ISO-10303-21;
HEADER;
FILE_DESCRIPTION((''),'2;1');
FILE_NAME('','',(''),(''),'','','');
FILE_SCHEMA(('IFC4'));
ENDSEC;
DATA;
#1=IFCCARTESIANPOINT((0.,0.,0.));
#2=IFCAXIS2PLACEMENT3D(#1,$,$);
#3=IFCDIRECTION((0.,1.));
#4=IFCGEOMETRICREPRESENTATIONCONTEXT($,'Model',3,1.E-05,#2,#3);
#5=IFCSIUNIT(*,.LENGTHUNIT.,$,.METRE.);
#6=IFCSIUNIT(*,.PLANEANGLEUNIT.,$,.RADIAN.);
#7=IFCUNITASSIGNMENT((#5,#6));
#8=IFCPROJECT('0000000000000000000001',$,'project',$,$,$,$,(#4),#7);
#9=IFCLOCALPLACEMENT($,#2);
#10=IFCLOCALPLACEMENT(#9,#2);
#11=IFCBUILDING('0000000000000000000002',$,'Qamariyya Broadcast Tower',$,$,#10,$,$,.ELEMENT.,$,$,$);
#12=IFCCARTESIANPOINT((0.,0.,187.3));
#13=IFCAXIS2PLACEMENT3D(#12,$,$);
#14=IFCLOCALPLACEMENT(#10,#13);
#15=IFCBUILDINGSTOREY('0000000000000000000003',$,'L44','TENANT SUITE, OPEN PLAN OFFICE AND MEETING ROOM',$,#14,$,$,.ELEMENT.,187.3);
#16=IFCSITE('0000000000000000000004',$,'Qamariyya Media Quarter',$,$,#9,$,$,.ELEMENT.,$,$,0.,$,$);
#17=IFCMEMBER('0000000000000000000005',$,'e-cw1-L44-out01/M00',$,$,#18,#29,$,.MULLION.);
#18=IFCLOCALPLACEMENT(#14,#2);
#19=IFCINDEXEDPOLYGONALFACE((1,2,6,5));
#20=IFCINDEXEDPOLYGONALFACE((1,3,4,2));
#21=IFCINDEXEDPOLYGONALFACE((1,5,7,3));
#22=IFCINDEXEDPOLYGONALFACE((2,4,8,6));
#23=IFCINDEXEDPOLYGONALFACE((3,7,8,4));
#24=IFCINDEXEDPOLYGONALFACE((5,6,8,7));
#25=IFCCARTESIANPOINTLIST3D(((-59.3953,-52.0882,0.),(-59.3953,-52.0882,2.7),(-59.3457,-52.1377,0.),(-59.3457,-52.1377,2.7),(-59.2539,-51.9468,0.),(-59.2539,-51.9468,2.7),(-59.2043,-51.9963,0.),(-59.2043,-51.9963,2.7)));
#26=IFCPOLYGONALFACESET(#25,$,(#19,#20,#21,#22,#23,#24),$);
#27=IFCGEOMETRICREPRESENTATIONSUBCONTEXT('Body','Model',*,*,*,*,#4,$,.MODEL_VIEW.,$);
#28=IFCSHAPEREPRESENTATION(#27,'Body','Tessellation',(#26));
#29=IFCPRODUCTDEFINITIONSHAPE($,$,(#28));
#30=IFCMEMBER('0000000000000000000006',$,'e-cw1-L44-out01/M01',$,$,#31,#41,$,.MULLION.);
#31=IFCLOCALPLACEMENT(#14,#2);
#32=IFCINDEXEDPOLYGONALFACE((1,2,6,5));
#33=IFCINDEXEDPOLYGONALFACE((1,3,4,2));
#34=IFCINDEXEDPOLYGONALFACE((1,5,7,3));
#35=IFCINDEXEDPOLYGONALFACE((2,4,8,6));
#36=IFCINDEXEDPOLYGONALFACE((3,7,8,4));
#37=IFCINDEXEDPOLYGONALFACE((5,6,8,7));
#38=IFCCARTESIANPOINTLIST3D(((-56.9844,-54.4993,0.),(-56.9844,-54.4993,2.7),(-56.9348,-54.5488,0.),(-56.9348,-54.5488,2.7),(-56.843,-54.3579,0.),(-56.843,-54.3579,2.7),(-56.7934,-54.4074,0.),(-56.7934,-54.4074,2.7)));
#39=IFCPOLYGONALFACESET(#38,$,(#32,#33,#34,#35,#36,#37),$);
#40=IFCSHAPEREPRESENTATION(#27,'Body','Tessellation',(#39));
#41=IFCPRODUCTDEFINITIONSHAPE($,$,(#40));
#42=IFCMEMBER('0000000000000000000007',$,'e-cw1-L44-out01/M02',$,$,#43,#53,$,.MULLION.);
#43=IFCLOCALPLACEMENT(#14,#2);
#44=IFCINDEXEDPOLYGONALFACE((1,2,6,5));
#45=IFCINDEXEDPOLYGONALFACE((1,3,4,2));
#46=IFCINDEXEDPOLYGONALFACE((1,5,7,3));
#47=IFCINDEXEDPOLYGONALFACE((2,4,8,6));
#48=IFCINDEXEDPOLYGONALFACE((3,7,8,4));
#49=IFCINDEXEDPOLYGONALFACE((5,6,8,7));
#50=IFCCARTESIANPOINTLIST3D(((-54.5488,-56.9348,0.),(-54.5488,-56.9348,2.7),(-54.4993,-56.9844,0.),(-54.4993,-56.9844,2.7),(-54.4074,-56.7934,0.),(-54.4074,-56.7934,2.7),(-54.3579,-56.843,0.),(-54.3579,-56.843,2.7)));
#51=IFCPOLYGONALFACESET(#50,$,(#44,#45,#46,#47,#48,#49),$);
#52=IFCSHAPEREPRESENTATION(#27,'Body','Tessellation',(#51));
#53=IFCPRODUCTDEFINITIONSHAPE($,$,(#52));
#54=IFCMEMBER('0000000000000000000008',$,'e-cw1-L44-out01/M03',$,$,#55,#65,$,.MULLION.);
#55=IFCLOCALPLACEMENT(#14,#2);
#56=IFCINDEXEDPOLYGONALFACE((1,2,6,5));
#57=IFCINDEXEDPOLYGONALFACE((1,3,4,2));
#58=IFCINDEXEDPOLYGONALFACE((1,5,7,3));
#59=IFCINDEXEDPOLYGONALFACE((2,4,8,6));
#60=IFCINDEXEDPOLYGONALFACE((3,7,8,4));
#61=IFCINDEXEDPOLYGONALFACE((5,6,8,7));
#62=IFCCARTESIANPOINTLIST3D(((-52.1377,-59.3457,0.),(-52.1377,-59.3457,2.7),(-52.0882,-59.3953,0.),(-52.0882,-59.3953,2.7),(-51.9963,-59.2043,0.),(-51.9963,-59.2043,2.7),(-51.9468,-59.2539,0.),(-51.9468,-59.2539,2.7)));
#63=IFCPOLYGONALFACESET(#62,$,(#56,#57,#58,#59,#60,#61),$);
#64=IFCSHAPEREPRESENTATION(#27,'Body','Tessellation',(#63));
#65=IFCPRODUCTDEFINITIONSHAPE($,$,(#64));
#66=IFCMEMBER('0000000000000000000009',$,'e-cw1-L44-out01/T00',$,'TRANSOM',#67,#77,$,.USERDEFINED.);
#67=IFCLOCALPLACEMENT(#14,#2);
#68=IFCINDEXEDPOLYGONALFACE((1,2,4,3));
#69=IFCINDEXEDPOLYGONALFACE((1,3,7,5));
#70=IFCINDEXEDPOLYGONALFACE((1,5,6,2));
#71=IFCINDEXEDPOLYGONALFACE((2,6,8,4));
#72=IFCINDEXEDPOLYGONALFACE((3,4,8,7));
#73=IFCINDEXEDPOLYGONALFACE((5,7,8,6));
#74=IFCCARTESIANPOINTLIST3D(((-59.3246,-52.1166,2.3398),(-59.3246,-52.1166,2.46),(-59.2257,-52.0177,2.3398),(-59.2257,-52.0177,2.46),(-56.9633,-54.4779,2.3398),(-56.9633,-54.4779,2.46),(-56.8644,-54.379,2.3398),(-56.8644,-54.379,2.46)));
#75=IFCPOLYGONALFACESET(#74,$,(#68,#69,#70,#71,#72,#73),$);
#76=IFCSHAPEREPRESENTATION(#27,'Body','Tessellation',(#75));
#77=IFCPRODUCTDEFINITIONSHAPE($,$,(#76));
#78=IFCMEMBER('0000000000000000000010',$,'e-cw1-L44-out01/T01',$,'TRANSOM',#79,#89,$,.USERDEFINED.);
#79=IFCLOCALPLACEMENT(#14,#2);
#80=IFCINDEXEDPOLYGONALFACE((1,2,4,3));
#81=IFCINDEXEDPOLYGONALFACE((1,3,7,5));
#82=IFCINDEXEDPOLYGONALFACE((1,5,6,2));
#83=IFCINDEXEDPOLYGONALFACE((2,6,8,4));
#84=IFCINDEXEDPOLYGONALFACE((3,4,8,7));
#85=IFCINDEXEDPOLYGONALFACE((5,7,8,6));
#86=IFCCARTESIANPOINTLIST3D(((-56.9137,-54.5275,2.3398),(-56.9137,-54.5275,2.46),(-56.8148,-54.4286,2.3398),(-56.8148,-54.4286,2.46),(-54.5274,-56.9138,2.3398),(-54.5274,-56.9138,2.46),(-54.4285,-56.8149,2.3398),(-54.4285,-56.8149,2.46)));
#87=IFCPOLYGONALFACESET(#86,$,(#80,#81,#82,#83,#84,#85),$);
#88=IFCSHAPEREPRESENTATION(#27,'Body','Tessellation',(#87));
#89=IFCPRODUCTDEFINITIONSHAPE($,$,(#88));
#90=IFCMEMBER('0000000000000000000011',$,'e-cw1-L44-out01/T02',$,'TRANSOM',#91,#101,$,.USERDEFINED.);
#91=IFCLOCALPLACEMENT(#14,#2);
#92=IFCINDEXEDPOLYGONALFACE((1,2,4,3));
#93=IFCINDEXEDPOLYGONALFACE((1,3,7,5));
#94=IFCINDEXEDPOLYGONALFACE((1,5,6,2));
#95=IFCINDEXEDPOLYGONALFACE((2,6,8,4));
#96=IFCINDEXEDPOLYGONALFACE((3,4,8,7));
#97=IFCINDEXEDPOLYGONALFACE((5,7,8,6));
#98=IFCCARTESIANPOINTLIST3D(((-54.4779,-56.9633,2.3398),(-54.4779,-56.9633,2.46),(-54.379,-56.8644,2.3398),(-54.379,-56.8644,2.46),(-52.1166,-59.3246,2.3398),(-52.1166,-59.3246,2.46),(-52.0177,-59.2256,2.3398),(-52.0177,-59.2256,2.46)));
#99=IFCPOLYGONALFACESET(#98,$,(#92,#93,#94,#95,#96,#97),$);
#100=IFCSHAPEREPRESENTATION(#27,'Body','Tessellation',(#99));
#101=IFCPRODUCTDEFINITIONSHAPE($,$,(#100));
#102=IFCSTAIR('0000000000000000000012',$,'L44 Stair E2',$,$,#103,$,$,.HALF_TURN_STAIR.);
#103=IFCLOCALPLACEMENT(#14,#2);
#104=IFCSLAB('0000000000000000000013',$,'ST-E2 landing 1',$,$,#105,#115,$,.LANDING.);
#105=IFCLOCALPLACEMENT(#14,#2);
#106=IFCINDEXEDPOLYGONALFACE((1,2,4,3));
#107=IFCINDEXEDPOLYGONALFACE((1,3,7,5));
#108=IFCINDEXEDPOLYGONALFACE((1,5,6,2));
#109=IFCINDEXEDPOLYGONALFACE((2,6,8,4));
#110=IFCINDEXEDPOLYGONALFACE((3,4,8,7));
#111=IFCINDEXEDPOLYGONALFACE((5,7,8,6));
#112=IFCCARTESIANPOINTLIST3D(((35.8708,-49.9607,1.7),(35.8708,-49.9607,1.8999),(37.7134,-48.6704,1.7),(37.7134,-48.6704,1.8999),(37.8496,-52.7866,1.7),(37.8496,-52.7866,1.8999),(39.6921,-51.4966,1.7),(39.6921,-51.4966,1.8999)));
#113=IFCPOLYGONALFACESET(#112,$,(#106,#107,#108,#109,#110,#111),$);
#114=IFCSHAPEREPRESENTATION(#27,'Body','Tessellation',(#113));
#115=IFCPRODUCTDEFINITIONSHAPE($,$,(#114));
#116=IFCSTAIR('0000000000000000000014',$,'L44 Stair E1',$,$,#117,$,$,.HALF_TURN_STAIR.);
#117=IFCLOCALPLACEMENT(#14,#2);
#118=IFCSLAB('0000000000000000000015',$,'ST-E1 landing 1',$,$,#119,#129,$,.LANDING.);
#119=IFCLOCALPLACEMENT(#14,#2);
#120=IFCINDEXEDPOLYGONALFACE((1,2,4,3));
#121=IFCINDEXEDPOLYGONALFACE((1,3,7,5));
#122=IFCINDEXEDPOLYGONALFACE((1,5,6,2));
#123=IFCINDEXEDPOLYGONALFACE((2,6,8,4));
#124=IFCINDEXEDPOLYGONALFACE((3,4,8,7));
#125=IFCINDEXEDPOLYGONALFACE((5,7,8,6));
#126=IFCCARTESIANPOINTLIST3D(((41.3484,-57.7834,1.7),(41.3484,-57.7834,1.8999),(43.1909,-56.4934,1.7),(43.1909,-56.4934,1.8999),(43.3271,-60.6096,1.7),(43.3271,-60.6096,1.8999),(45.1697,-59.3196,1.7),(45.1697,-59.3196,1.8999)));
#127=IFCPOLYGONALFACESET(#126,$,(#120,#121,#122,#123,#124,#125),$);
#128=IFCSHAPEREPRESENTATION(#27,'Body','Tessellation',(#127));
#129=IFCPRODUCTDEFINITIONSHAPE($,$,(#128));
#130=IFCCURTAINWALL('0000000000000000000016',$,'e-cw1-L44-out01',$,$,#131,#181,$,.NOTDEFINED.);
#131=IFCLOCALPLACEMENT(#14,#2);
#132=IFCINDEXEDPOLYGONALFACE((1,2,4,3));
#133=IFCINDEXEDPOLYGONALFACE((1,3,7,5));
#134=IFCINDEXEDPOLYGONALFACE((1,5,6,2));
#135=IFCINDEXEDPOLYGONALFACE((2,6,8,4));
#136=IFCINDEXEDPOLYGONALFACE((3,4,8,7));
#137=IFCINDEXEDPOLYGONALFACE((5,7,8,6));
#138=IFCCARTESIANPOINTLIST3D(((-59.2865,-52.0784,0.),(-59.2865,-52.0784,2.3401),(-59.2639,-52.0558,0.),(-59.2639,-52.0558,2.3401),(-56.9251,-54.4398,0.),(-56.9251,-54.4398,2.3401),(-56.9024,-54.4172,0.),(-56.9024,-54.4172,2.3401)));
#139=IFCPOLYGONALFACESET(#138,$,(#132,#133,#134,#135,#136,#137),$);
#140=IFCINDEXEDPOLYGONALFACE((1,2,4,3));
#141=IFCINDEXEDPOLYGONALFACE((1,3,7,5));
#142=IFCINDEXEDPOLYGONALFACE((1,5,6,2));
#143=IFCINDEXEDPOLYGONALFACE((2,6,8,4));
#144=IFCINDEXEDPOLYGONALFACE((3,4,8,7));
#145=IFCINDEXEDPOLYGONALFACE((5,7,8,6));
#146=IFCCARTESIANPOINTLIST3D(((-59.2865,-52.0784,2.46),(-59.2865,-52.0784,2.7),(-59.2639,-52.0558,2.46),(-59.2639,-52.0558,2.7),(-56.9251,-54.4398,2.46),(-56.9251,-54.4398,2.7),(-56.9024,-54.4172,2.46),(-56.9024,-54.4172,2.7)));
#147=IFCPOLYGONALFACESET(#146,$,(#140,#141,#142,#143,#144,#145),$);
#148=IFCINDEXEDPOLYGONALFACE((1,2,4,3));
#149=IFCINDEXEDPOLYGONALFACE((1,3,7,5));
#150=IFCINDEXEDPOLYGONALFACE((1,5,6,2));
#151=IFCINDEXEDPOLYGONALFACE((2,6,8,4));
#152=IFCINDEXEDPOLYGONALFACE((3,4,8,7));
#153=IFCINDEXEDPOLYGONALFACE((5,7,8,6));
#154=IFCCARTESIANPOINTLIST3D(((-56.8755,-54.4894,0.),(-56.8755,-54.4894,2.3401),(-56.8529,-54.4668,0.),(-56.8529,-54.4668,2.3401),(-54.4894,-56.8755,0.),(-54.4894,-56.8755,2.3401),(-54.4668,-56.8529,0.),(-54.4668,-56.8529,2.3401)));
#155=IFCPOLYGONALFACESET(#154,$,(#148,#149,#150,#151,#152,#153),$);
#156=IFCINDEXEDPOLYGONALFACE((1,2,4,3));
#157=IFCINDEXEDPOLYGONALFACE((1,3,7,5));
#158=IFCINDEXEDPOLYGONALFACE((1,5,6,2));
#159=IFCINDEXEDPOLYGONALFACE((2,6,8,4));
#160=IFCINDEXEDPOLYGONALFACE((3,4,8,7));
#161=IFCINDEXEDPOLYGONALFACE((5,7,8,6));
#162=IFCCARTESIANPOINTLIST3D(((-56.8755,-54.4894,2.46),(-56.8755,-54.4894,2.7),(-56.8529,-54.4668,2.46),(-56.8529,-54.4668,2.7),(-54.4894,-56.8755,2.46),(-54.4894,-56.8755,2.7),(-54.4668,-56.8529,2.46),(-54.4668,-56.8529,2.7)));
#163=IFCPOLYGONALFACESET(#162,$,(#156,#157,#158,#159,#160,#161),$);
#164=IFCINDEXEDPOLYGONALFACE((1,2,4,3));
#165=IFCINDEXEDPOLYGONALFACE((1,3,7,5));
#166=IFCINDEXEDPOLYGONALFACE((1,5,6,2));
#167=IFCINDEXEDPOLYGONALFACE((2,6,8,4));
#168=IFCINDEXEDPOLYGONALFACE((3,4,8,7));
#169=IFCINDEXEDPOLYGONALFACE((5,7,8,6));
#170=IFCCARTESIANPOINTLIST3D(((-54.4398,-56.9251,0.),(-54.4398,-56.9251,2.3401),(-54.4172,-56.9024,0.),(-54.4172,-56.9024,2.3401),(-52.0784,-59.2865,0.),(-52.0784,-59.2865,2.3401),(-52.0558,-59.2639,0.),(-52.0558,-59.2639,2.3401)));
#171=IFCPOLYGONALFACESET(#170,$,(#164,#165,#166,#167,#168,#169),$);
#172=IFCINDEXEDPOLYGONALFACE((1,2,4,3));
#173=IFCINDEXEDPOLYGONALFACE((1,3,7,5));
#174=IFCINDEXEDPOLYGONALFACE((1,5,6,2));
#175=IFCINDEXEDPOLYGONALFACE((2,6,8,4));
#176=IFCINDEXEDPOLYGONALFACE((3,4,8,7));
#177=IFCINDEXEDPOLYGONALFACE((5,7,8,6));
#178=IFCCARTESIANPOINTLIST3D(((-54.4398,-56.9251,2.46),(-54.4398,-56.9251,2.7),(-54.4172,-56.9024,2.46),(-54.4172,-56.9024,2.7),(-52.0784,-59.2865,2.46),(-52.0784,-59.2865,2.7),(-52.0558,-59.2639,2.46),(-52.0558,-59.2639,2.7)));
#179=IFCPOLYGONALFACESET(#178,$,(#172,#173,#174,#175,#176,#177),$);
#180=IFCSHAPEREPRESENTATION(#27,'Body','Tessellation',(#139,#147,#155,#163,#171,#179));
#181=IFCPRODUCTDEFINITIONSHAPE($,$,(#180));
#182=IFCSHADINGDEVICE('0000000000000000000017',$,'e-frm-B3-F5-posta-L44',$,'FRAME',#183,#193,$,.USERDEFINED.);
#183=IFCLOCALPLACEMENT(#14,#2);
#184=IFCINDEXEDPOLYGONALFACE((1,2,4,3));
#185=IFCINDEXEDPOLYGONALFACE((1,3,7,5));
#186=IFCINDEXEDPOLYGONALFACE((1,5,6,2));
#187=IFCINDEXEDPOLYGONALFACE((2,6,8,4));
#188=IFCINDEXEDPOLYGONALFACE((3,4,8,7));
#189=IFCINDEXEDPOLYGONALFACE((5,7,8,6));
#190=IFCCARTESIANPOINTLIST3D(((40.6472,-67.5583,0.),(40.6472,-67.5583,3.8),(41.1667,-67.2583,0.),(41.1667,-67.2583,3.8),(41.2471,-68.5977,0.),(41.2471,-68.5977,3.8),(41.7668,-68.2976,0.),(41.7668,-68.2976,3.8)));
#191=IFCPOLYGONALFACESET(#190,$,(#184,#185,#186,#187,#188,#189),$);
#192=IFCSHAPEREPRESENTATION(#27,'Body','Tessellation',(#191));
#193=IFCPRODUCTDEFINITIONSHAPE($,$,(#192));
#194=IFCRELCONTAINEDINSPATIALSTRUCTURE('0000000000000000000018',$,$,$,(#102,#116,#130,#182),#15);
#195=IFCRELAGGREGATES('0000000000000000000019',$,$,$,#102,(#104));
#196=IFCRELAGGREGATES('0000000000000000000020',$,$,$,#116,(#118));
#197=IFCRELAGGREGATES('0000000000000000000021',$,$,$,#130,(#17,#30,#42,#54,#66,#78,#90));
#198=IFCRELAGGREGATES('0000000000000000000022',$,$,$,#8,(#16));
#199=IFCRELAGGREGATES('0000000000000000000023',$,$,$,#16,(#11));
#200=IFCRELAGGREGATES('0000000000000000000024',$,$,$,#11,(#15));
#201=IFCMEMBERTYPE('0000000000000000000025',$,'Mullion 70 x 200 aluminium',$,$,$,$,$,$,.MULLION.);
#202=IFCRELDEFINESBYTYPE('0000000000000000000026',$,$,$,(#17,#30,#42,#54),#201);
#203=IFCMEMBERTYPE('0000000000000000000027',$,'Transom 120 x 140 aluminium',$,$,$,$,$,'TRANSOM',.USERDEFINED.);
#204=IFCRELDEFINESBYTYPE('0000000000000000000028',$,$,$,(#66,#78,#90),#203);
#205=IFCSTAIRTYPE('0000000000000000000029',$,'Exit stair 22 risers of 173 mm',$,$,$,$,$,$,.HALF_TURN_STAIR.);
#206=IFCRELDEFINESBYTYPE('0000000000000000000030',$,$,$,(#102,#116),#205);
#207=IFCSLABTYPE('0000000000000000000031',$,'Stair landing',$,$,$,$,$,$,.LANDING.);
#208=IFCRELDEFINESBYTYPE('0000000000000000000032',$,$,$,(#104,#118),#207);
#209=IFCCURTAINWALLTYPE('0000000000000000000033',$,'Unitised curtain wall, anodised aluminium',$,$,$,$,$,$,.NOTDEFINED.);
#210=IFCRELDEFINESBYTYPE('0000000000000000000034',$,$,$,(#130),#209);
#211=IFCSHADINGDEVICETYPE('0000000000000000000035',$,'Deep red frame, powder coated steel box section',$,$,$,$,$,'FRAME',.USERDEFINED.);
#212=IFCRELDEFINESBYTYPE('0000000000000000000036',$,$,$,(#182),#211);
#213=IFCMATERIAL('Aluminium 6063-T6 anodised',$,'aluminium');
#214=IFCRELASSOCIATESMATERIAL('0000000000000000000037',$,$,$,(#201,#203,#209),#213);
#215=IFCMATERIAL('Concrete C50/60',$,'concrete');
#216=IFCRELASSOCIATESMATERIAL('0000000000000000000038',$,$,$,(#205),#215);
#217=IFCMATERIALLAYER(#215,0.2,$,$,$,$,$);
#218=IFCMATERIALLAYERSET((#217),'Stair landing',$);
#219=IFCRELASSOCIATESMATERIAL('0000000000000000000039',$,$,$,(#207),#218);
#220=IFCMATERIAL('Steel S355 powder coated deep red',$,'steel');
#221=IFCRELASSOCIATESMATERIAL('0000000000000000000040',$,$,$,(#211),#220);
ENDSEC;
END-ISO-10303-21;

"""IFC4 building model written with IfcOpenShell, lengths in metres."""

from ifc_helpers import new_model, si_unit, direction, frame, origin, origin_2d, place, context, subcontext, project, spatial, polyline, rectangle, outline, extrude, material, layer, layer_set, material_profile, profile_set, type_object, element, aggregate, save


model = new_model("IFC4")

# Units and contexts
model_context = context("Model", 3, precision=1e-05, world=origin(), true_north=direction((0.0, 1.0)))
body_context = subcontext(model_context, "Body", "Model", "MODEL_VIEW")
ifc_project = project(units=[si_unit("LENGTHUNIT", "METRE"), si_unit("PLANEANGLEUNIT", "RADIAN")], contexts=[model_context])

# Members
ifc_material_1 = material(Name="Aluminium 6063-T6 anodised", Category="aluminium")
ifc_material_profile_1 = material_profile(ifc_material_1, rectangle(XDim=0.2, YDim=0.0701, at=origin_2d()))
ifc_profile_set_1 = profile_set([ifc_material_profile_1], Name="Aluminium 6063-T6 anodised")
member_type_1 = type_object("IfcMemberType", Name="Mullion 70 x 200 aluminium", PredefinedType="MULLION", material=ifc_profile_set_1)
site_placement = place(None, origin())
building_placement = place(site_placement, origin())
storey_placement = place(building_placement, frame((0.0, 0.0, 187.3)))
member_1_placement = place(storey_placement, frame((-59.2998, -52.0422, 0.0), z_axis=(0.0, 0.0, 1.0), x_axis=(0.707107, 0.707107, 0.0)))
member_1 = element("IfcMember", 1, at=member_1_placement, type_object=member_type_1, Name="e-cw1-L44-out01/M00", PredefinedType="MULLION", context=body_context, shape_type="SweptSolid", body=[
    extrude(rectangle(XDim=0.2, YDim=0.0701, at=origin_2d()), origin(), (0.0, 0.0, 1.0), 2.7),
])
member_2_placement = place(storey_placement, frame((-56.8889, -54.4534, 0.0), z_axis=(0.0, 0.0, 1.0), x_axis=(0.707107, 0.707107, 0.0)))
member_2 = element("IfcMember", 2, at=member_2_placement, type_object=member_type_1, Name="e-cw1-L44-out01/M01", PredefinedType="MULLION", context=body_context, shape_type="SweptSolid", body=[
    extrude(rectangle(XDim=0.2, YDim=0.0701, at=origin_2d()), origin(), (0.0, 0.0, 1.0), 2.7),
])
member_3_placement = place(storey_placement, frame((-54.4534, -56.8889, 0.0), z_axis=(0.0, 0.0, 1.0), x_axis=(0.707107, 0.707107, 0.0)))
member_3 = element("IfcMember", 3, at=member_3_placement, type_object=member_type_1, Name="e-cw1-L44-out01/M02", PredefinedType="MULLION", context=body_context, shape_type="SweptSolid", body=[
    extrude(rectangle(XDim=0.2, YDim=0.0701, at=origin_2d()), origin(), (0.0, 0.0, 1.0), 2.7),
])
member_4_placement = place(storey_placement, frame((-52.0422, -59.2998, 0.0), z_axis=(0.0, 0.0, 1.0), x_axis=(0.707107, 0.707107, 0.0)))
member_4 = element("IfcMember", 4, at=member_4_placement, type_object=member_type_1, Name="e-cw1-L44-out01/M03", PredefinedType="MULLION", context=body_context, shape_type="SweptSolid", body=[
    extrude(rectangle(XDim=0.2, YDim=0.0701, at=origin_2d()), origin(), (0.0, 0.0, 1.0), 2.7),
])
ifc_material_profile_2 = material_profile(ifc_material_1, rectangle(XDim=0.1399, YDim=0.1201, at=origin_2d()))
ifc_profile_set_2 = profile_set([ifc_material_profile_2], Name="Aluminium 6063-T6 anodised")
member_type_2 = type_object("IfcMemberType", Name="Transom 120 x 140 aluminium", ElementType="TRANSOM", PredefinedType="USERDEFINED", material=ifc_profile_set_2)
member_5_placement = place(storey_placement, frame((-59.2751, -52.0671, 2.3999), z_axis=(0.707107, -0.707107, 0.0), x_axis=(0.707107, 0.707107, 0.0)))
member_5 = element("IfcMember", 5, at=member_5_placement, type_object=member_type_2, Name="e-cw1-L44-out01/T00", ObjectType="TRANSOM", PredefinedType="USERDEFINED", context=body_context, shape_type="SweptSolid", body=[
    extrude(rectangle(XDim=0.1399, YDim=0.1201, at=origin_2d()), origin(), (0.0, 0.0, 1.0), 3.3394),
])
member_6_placement = place(storey_placement, frame((-56.8643, -54.478, 2.3999), z_axis=(0.707107, -0.707107, 0.0), x_axis=(0.707107, 0.707107, 0.0)))
member_6 = element("IfcMember", 6, at=member_6_placement, type_object=member_type_2, Name="e-cw1-L44-out01/T01", ObjectType="TRANSOM", PredefinedType="USERDEFINED", context=body_context, shape_type="SweptSolid", body=[
    extrude(rectangle(XDim=0.1399, YDim=0.1201, at=origin_2d()), origin(), (0.0, 0.0, 1.0), 3.3748),
])
member_7_placement = place(storey_placement, frame((-54.4285, -56.9138, 2.3999), z_axis=(0.707107, -0.707107, 0.0), x_axis=(0.707107, 0.707107, 0.0)))
member_7 = element("IfcMember", 7, at=member_7_placement, type_object=member_type_2, Name="e-cw1-L44-out01/T02", ObjectType="TRANSOM", PredefinedType="USERDEFINED", context=body_context, shape_type="SweptSolid", body=[
    extrude(rectangle(XDim=0.1399, YDim=0.1201, at=origin_2d()), origin(), (0.0, 0.0, 1.0), 3.3394),
])

# Site, building, storey
site = spatial("IfcSite", under=ifc_project, at=site_placement, Name="Qamariyya Media Quarter", CompositionType="ELEMENT", RefElevation=0.0)
building = spatial("IfcBuilding", under=site, at=building_placement, Name="Qamariyya Broadcast Tower", CompositionType="ELEMENT")
storey = spatial("IfcBuildingStorey", under=building, at=storey_placement, Name="L44", Description="TENANT SUITE, OPEN PLAN OFFICE AND MEETING ROOM", CompositionType="ELEMENT", Elevation=187.3)

# Stairs, slabs
ifc_material_2 = material(Name="Concrete C50/60", Category="concrete")
stair_type = type_object("IfcStairType", Name="Exit stair 22 risers of 173 mm", PredefinedType="HALF_TURN_STAIR", material=ifc_material_2)
stair_1_placement = place(storey_placement, origin())
stair_1 = element("IfcStair", 8, at=stair_1_placement, inside=storey, type_object=stair_type, Name="L44 Stair E2", PredefinedType="HALF_TURN_STAIR")
ifc_layer = layer(ifc_material_2, 0.2)
ifc_layer_set = layer_set([ifc_layer], Name="Stair landing")
slab_type = type_object("IfcSlabType", Name="Stair landing", PredefinedType="LANDING", material=ifc_layer_set)
slab_1_placement = place(storey_placement, frame((0.0, 0.0, 1.7)))
slab_1 = element("IfcSlab", 9, at=slab_1_placement, type_object=slab_type, Name="ST-E2 landing 1", PredefinedType="LANDING", context=body_context, shape_type="SweptSolid", body=[
    extrude(outline(polyline([(37.7134, -48.6704), (35.8708, -49.9607), (37.8496, -52.7866), (39.6921, -51.4966), (37.7134, -48.6704)])), origin(), (0.0, 0.0, 1.0), 0.2),
])
aggregate(stair_1, [slab_1])
stair_2_placement = place(storey_placement, origin())
stair_2 = element("IfcStair", 10, at=stair_2_placement, inside=storey, type_object=stair_type, Name="L44 Stair E1", PredefinedType="HALF_TURN_STAIR")
slab_2_placement = place(storey_placement, frame((0.0, 0.0, 1.7)))
slab_2 = element("IfcSlab", 11, at=slab_2_placement, type_object=slab_type, Name="ST-E1 landing 1", PredefinedType="LANDING", context=body_context, shape_type="SweptSolid", body=[
    extrude(outline(polyline([(43.1909, -56.4934), (41.3484, -57.7834), (43.3271, -60.6096), (45.1697, -59.3196), (43.1909, -56.4934)])), origin(), (0.0, 0.0, 1.0), 0.2),
])
aggregate(stair_2, [slab_2])

# Curtain wall
curtain_wall_type = type_object("IfcCurtainWallType", Name="Unitised curtain wall, anodised aluminium", PredefinedType="NOTDEFINED", material=ifc_material_1)
curtain_wall_1_placement = place(storey_placement, origin())
curtain_wall_1 = element("IfcCurtainWall", 12, at=curtain_wall_1_placement, inside=storey, type_object=curtain_wall_type, Name="e-cw1-L44-out01", PredefinedType="NOTDEFINED", context=body_context, shape_type="SweptSolid", body=[
    extrude(rectangle(XDim=3.3396, YDim=0.032, at=origin_2d()), frame((-58.0945, -53.2478, 0.0), x_axis=(0.707107, -0.707107, 0.0)), (0.0, 0.0, 1.0), 2.3401),
    extrude(rectangle(XDim=3.3396, YDim=0.032, at=origin_2d()), frame((-58.0945, -53.2478, 2.46), x_axis=(0.707107, -0.707107, 0.0)), (0.0, 0.0, 1.0), 0.24),
    extrude(rectangle(XDim=3.3745, YDim=0.032, at=origin_2d()), frame((-55.6711, -55.6711, 0.0), x_axis=(0.707107, -0.707107, 0.0)), (0.0, 0.0, 1.0), 2.3401),
    extrude(rectangle(XDim=3.3745, YDim=0.032, at=origin_2d()), frame((-55.6711, -55.6711, 2.46), x_axis=(0.707107, -0.707107, 0.0)), (0.0, 0.0, 1.0), 0.24),
    extrude(rectangle(XDim=3.3396, YDim=0.032, at=origin_2d()), frame((-53.2478, -58.0945, 0.0), x_axis=(0.707107, -0.707107, 0.0)), (0.0, 0.0, 1.0), 2.3401),
    extrude(rectangle(XDim=3.3396, YDim=0.032, at=origin_2d()), frame((-53.2478, -58.0945, 2.46), x_axis=(0.707107, -0.707107, 0.0)), (0.0, 0.0, 1.0), 0.24),
])
aggregate(curtain_wall_1, [member_1, member_2, member_3, member_4, member_5, member_6, member_7])

# Shading device
ifc_material_3 = material(Name="Steel S355 powder coated deep red", Category="steel")
shading_device_type = type_object("IfcShadingDeviceType", Name="Deep red frame, powder coated steel box section", ElementType="FRAME", PredefinedType="USERDEFINED", material=ifc_material_3)
shading_device_1_placement = place(storey_placement, origin())
element("IfcShadingDevice", 13, at=shading_device_1_placement, inside=storey, type_object=shading_device_type, Name="e-frm-B3-F5-posta-L44", ObjectType="FRAME", PredefinedType="USERDEFINED", context=body_context, shape_type="SweptSolid", body=[
    extrude(outline(polyline([(40.6472, -67.5583), (41.2471, -68.5977), (41.7668, -68.2976), (41.1667, -67.2583), (40.6472, -67.5583)])), origin(), (0.0, 0.0, 1.0), 3.8),
])

save(model, "model.ifc")
